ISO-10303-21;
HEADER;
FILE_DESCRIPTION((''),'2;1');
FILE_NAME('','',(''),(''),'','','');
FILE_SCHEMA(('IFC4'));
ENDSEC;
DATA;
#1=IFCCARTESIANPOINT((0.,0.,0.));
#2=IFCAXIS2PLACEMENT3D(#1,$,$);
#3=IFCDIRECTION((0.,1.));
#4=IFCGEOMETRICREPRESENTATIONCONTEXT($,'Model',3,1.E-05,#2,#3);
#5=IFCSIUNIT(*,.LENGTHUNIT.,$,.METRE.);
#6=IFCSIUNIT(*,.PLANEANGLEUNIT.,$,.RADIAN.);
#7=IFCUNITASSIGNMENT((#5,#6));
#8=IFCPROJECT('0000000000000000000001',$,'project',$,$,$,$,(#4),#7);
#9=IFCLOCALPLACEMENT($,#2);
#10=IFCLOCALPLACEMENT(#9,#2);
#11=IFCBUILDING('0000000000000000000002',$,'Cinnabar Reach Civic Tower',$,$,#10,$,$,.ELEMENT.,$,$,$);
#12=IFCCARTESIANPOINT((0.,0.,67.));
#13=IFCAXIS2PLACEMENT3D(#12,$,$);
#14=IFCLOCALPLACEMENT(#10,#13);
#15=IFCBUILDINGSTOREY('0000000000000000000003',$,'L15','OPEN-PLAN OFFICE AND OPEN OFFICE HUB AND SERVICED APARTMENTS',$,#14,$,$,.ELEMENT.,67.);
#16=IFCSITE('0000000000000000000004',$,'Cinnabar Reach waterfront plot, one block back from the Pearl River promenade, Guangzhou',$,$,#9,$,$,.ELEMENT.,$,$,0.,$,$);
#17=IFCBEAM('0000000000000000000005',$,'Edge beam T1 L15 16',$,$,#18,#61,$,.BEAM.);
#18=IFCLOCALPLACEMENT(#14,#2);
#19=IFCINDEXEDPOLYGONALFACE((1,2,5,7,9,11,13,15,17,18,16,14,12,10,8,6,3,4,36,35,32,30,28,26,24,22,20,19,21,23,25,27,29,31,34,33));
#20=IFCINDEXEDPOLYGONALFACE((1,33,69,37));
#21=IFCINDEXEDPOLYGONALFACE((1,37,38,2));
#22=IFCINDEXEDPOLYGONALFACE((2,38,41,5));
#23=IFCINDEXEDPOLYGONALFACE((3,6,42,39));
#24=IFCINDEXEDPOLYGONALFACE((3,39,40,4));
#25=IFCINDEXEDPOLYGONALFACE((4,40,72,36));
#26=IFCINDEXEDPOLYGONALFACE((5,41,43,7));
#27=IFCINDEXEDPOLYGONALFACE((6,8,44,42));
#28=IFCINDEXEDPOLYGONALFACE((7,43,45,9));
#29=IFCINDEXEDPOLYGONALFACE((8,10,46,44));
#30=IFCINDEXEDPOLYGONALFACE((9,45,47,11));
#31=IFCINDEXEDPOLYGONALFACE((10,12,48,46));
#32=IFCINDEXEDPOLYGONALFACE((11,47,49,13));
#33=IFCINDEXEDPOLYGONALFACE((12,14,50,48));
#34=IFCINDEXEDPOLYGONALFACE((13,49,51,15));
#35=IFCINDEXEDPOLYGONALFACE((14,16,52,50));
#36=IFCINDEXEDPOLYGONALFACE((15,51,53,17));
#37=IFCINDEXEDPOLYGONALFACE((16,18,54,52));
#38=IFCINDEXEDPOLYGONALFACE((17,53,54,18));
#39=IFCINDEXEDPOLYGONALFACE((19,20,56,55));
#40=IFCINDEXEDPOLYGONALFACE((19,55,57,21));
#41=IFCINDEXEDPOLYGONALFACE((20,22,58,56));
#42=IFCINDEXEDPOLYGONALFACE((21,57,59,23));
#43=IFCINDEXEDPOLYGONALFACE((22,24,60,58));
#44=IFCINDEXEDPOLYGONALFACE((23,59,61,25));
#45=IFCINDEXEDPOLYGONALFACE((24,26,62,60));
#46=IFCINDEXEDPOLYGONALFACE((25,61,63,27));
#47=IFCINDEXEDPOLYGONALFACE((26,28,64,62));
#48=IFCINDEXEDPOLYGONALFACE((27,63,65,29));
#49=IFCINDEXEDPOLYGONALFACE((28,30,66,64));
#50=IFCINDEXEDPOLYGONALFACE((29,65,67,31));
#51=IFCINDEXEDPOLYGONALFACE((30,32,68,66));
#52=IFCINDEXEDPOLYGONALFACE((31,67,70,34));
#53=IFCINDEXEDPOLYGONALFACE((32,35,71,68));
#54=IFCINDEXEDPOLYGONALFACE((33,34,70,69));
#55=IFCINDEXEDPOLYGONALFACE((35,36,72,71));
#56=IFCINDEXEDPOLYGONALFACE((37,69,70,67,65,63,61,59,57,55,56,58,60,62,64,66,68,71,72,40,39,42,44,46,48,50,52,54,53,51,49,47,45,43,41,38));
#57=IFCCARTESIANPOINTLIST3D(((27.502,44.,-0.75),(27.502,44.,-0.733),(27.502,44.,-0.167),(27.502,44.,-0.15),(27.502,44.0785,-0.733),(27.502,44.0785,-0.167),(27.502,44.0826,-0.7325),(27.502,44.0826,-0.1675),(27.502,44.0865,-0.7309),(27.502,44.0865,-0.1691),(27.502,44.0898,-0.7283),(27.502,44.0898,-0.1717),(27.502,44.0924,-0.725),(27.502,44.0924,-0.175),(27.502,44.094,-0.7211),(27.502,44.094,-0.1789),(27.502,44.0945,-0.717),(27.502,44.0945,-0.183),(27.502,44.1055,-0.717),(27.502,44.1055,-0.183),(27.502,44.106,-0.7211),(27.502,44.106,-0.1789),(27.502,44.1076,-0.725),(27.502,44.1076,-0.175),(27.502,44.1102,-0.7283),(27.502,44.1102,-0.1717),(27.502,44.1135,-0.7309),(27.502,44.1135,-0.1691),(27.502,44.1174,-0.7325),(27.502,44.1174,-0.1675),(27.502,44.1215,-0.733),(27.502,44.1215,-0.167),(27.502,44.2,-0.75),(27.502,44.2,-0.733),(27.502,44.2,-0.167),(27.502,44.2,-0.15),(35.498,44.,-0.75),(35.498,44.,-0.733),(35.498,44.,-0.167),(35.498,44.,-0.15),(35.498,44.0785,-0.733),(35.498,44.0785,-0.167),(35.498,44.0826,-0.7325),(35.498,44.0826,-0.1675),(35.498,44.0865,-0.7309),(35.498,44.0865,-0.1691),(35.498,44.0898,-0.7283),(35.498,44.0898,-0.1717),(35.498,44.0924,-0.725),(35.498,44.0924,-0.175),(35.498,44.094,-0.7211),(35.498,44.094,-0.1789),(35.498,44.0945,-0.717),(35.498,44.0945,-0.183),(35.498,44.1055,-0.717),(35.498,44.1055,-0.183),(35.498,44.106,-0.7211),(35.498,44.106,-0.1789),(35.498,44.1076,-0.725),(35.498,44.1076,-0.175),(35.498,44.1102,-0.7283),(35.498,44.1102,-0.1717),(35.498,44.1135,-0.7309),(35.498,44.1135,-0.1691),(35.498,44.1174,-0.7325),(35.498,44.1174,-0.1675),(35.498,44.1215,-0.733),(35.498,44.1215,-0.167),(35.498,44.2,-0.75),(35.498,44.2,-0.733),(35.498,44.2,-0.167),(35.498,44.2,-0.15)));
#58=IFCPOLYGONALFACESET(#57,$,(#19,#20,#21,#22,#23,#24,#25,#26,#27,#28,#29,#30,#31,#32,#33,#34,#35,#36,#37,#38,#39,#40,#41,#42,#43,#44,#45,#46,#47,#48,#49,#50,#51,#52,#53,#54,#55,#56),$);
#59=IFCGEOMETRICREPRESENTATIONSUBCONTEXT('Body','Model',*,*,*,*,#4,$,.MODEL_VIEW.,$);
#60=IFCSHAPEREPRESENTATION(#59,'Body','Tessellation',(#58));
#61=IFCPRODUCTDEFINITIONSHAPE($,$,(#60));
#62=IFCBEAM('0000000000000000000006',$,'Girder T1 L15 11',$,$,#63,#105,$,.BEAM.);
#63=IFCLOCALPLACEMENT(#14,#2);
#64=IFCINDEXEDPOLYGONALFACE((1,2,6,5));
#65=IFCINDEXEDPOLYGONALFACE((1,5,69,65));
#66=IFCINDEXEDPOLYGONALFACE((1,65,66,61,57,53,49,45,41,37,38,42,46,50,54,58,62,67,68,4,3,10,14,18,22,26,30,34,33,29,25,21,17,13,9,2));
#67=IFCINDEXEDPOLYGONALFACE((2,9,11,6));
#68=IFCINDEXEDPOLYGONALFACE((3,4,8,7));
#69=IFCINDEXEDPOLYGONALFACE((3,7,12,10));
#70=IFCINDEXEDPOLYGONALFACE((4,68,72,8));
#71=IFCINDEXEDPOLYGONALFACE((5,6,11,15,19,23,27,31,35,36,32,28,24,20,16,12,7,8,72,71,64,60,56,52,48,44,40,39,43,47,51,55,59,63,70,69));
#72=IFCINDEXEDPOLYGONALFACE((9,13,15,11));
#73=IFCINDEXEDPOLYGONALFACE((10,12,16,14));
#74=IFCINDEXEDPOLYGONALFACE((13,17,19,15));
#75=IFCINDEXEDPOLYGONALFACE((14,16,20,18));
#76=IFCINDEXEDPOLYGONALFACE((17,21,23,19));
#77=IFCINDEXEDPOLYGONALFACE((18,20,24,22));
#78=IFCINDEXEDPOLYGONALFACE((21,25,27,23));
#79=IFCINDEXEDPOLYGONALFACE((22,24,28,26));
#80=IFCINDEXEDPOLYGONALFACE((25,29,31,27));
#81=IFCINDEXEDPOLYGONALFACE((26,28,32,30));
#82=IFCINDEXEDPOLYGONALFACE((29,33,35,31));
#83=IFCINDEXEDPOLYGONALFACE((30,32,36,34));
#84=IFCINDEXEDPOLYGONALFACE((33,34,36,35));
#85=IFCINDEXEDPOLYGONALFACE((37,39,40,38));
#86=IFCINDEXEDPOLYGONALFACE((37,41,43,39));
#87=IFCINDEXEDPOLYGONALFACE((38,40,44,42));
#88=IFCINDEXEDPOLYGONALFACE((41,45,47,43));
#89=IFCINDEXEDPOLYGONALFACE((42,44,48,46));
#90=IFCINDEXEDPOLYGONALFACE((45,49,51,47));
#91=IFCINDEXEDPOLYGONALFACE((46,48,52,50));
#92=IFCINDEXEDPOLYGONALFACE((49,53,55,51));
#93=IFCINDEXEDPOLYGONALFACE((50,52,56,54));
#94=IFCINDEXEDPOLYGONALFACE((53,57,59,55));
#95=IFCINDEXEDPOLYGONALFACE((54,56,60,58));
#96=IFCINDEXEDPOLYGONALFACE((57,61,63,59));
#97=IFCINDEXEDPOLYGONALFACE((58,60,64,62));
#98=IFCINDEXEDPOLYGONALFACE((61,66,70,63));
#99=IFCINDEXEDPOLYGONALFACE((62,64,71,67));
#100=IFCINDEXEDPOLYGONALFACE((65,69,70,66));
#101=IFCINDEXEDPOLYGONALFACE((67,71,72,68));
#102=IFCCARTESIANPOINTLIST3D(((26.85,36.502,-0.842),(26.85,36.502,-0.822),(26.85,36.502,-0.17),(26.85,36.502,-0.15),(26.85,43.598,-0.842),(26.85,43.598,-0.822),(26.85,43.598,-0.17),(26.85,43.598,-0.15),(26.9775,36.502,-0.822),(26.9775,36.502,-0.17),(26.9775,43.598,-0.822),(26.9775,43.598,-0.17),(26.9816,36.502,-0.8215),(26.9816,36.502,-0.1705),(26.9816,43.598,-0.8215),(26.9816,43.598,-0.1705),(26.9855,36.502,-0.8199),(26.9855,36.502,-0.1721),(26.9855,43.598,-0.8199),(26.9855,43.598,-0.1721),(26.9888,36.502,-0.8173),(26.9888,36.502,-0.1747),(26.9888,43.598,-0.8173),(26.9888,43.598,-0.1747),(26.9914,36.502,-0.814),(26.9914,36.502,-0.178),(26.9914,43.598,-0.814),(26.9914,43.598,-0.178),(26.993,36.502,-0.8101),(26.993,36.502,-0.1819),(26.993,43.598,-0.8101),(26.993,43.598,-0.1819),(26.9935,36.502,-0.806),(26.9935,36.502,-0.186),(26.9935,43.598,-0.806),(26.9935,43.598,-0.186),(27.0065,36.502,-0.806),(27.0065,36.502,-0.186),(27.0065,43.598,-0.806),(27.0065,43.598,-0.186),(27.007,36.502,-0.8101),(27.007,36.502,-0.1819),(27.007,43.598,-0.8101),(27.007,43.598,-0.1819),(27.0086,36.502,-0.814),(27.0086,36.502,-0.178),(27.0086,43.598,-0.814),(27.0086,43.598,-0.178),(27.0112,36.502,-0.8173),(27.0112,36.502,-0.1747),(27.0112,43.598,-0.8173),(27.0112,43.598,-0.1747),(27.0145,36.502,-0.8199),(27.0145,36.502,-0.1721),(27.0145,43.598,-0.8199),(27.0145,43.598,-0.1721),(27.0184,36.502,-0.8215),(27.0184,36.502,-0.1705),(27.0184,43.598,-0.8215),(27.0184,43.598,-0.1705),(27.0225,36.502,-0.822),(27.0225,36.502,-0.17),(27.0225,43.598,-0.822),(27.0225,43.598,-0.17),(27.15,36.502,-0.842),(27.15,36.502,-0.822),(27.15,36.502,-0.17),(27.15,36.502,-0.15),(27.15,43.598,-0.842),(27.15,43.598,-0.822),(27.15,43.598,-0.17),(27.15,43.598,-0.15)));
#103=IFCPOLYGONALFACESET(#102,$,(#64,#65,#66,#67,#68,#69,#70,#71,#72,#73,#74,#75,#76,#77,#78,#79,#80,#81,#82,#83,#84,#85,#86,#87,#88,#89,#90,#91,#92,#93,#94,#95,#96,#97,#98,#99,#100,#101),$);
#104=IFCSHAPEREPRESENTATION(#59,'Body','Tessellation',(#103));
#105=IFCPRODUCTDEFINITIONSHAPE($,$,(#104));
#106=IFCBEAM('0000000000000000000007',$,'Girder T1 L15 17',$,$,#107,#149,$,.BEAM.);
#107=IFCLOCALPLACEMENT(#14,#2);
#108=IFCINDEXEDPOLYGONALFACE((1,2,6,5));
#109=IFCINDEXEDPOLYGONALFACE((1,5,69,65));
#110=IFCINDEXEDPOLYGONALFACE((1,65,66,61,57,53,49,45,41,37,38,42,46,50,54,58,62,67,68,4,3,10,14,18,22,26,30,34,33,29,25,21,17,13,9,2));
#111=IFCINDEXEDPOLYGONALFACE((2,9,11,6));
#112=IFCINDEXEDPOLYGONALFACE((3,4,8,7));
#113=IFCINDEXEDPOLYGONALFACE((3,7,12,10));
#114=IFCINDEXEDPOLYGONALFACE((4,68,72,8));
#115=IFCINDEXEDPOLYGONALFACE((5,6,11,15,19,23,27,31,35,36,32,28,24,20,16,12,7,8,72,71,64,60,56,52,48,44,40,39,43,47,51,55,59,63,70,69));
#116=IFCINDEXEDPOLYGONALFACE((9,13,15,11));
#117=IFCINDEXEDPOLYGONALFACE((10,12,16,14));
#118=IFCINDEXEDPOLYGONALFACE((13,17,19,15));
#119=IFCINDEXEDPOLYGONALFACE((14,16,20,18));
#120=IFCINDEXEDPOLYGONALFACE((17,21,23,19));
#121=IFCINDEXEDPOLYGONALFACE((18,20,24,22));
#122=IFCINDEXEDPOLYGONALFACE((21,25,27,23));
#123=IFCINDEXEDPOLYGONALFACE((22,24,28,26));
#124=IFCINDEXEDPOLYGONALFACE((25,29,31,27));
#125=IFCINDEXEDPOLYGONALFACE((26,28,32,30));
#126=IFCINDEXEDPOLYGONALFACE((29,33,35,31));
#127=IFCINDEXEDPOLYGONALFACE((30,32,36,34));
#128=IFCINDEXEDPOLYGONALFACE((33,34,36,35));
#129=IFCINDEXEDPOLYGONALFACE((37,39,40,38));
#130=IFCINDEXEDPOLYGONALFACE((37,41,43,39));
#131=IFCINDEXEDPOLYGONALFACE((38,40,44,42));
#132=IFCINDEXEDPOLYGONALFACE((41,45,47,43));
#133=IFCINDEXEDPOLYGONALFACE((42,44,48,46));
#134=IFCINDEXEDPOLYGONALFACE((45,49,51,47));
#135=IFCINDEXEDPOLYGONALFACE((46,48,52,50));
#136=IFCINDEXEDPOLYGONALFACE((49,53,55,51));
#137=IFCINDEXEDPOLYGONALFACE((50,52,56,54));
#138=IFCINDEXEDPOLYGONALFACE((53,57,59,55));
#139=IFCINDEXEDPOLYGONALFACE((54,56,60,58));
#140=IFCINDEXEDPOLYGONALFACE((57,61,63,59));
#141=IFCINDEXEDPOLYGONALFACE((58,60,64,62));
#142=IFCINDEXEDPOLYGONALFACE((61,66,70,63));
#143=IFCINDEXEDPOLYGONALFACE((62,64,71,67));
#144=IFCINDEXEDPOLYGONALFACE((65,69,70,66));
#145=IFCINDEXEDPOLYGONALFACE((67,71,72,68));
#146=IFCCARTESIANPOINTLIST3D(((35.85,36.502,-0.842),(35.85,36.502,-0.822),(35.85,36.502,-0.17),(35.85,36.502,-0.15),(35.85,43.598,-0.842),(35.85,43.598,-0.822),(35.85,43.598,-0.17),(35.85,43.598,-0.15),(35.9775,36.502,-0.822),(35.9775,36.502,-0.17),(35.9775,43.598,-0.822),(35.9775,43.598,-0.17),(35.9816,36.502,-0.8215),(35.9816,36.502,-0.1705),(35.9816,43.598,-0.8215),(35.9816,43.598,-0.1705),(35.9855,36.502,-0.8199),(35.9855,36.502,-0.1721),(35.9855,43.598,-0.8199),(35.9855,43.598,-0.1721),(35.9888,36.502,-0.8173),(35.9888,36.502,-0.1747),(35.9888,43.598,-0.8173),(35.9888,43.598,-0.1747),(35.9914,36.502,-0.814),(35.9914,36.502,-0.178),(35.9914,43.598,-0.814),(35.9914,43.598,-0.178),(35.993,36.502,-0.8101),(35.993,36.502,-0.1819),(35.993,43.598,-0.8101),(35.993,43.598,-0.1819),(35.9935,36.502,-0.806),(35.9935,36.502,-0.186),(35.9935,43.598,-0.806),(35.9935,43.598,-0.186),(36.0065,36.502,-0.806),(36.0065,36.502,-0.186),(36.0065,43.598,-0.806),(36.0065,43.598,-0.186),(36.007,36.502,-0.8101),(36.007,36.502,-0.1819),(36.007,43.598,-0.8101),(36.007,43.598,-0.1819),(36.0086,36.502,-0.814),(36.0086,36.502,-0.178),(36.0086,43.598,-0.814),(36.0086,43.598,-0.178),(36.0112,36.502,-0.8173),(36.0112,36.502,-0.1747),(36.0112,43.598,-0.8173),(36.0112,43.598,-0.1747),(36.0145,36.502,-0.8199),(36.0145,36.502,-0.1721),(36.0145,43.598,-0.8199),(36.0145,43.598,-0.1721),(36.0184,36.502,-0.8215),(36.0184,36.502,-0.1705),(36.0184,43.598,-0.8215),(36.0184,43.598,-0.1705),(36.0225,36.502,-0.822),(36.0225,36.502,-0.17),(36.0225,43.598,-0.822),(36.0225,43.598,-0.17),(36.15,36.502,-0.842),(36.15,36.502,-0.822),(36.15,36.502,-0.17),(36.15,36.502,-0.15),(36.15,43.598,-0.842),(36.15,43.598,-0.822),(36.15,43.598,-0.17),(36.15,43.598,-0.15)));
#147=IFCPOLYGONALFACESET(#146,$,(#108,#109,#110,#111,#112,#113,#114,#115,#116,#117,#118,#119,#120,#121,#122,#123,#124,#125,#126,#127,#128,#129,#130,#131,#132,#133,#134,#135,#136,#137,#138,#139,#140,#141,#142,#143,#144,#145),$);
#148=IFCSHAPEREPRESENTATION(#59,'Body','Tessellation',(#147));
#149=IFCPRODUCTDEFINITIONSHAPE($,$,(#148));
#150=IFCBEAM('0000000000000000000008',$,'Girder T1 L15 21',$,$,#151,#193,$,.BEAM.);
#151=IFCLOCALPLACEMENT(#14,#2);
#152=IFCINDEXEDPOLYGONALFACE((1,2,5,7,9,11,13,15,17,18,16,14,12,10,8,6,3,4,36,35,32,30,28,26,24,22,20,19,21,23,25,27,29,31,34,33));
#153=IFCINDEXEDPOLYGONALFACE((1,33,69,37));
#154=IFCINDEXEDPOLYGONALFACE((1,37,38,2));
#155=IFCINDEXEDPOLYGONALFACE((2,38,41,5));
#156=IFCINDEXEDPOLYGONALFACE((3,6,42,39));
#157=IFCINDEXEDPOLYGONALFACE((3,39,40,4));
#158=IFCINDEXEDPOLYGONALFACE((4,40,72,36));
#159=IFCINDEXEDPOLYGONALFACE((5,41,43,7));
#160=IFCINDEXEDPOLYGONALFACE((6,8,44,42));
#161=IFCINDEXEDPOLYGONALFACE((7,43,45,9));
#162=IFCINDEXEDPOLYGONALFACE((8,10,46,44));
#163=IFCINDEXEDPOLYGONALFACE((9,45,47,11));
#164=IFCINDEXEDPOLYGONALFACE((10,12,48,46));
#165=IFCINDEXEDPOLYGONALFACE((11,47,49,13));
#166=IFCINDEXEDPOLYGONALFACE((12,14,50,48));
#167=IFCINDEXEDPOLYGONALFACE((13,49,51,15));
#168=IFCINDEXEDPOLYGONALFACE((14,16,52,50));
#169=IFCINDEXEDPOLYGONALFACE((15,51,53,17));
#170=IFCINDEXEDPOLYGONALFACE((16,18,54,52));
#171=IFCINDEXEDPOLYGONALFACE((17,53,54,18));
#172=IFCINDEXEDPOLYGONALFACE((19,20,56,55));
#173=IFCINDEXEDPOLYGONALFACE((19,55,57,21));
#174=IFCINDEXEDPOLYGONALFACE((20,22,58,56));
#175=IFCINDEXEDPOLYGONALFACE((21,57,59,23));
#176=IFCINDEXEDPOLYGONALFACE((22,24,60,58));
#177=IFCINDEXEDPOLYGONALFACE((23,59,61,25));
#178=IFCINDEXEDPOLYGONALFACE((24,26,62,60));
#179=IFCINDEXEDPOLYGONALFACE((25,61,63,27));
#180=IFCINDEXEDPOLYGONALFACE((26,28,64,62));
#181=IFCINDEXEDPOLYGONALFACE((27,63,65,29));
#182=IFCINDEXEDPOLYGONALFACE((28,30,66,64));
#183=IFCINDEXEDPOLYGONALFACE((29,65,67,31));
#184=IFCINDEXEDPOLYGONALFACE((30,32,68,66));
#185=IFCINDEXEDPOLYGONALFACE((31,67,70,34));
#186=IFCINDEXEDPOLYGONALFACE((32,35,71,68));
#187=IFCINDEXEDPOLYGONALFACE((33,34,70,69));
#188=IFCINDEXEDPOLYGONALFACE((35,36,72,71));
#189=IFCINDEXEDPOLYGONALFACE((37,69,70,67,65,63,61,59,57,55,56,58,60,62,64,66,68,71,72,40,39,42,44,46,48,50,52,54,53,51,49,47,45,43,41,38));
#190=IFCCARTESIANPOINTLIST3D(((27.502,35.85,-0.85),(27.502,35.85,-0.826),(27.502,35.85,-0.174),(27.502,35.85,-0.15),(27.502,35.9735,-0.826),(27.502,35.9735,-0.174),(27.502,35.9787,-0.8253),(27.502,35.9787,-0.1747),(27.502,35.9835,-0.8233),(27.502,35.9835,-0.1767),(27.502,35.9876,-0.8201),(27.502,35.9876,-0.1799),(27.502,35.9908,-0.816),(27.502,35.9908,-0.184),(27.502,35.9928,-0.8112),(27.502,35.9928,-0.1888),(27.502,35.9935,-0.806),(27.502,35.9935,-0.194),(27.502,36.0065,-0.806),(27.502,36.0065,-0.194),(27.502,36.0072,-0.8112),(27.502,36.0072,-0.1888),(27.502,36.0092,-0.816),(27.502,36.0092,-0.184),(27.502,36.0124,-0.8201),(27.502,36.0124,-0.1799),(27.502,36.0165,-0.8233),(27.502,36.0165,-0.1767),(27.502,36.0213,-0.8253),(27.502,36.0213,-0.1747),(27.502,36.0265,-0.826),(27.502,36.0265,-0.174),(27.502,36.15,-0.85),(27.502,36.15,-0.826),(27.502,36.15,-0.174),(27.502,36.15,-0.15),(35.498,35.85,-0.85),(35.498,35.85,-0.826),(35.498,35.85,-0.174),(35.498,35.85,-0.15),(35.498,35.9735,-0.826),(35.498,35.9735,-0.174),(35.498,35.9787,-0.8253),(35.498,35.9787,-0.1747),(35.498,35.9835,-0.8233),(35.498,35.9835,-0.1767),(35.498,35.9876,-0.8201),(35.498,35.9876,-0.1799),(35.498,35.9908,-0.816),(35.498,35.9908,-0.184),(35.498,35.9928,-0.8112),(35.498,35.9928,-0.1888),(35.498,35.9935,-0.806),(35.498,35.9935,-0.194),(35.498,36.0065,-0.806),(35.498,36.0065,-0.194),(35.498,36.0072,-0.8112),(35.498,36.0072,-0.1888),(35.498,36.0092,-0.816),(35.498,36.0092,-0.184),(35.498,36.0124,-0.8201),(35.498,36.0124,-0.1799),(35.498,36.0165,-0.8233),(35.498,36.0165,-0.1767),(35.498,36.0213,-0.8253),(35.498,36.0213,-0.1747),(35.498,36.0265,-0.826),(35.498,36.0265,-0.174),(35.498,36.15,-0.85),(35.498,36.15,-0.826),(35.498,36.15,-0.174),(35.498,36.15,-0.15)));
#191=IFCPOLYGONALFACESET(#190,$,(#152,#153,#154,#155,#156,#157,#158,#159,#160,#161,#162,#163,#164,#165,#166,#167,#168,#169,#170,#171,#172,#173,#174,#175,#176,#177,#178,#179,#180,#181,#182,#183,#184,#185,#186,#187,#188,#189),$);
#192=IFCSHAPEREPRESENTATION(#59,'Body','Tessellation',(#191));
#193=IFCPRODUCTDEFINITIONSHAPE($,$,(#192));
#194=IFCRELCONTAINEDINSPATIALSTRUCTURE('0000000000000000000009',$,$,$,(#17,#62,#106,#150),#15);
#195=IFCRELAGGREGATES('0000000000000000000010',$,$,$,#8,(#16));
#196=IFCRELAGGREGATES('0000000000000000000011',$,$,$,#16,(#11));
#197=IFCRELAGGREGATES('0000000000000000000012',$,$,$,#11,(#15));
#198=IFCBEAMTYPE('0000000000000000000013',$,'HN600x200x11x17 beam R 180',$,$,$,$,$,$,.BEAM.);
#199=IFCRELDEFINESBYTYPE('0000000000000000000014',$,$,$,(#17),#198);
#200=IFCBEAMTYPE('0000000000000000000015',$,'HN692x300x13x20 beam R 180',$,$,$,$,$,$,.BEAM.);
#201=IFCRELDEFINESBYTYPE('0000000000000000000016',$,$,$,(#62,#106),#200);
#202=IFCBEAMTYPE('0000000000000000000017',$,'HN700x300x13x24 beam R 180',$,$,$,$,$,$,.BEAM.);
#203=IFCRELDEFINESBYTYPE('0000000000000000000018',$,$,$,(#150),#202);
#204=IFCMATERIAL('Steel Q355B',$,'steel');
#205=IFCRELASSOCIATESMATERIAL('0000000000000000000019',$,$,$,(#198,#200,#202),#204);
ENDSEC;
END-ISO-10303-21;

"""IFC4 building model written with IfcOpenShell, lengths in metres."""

from ifc_helpers import new_model, si_unit, direction, frame, origin, origin_2d, place, context, subcontext, project, spatial, i_section, extrude, material, material_profile, profile_set, type_object, element, save


model = new_model("IFC4")

# Units and contexts
model_context = context("Model", 3, precision=1e-05, world=origin(), true_north=direction((0.0, 1.0)))
body_context = subcontext(model_context, "Body", "Model", "MODEL_VIEW")
ifc_project = project(units=[si_unit("LENGTHUNIT", "METRE"), si_unit("PLANEANGLEUNIT", "RADIAN")], contexts=[model_context])

# Site, building, storey
site_placement = place(None, origin())
site = spatial("IfcSite", under=ifc_project, at=site_placement, Name="Cinnabar Reach waterfront plot, one block back from the Pearl River promenade, Guangzhou", CompositionType="ELEMENT", RefElevation=0.0)
building_placement = place(site_placement, origin())
building = spatial("IfcBuilding", under=site, at=building_placement, Name="Cinnabar Reach Civic Tower", CompositionType="ELEMENT")
storey_placement = place(building_placement, frame((0.0, 0.0, 67.0)))
storey = spatial("IfcBuildingStorey", under=building, at=storey_placement, Name="L15", Description="OPEN-PLAN OFFICE AND OPEN OFFICE HUB AND SERVICED APARTMENTS", CompositionType="ELEMENT", Elevation=67.0)

# Beams
ifc_material_1 = material(Name="Steel Q355B", Category="steel")
ifc_material_profile_1 = material_profile(ifc_material_1, i_section(OverallWidth=0.2, OverallDepth=0.6, WebThickness=0.011, FlangeThickness=0.017, FilletRadius=0.016, at=origin_2d()), Name="HN600x200x11x17")
ifc_profile_set_1 = profile_set([ifc_material_profile_1], Name="Steel Q355B")
beam_type_1 = type_object("IfcBeamType", Name="HN600x200x11x17 beam R 180", PredefinedType="BEAM", material=ifc_profile_set_1)
beam_1_placement = place(storey_placement, frame((35.498, 44.1, -0.45), z_axis=(-1.0, 0.0, 0.0), x_axis=(0.0, -1.0, 0.0)))
element("IfcBeam", 1, at=beam_1_placement, inside=storey, type_object=beam_type_1, Name="Edge beam T1 L15 16", PredefinedType="BEAM", context=body_context, shape_type="SweptSolid", body=[
    extrude(i_section(OverallWidth=0.2, OverallDepth=0.6, WebThickness=0.011, FlangeThickness=0.017, FilletRadius=0.016, at=origin_2d()), origin(), (0.0, 0.0, 1.0), 7.996),
])
ifc_material_profile_2 = material_profile(ifc_material_1, i_section(OverallWidth=0.3, OverallDepth=0.692, WebThickness=0.013, FlangeThickness=0.02, FilletRadius=0.016, at=origin_2d()), Name="HN692x300x13x20")
ifc_profile_set_2 = profile_set([ifc_material_profile_2], Name="Steel Q355B")
beam_type_2 = type_object("IfcBeamType", Name="HN692x300x13x20 beam R 180", PredefinedType="BEAM", material=ifc_profile_set_2)
for number, where, z_axis, x_axis, name in (
    (2, (27.0, 36.502, -0.496), (0.0, 1.0, 0.0), (-1.0, 0.0, 0.0), "Girder T1 L15 11"),
    (3, (36.0, 36.502, -0.496), (0.0, 1.0, 0.0), (-1.0, 0.0, 0.0), "Girder T1 L15 17"),
):
    element("IfcBeam", number, at=place(storey_placement, frame(where, z_axis=z_axis, x_axis=x_axis)), inside=storey, type_object=beam_type_2, Name=name, PredefinedType="BEAM", context=body_context, shape_type="SweptSolid", body=[
        extrude(i_section(OverallWidth=0.3, OverallDepth=0.692, WebThickness=0.013, FlangeThickness=0.02, FilletRadius=0.016, at=origin_2d()), origin(), (0.0, 0.0, 1.0), 7.096),
    ])
ifc_material_profile_3 = material_profile(ifc_material_1, i_section(OverallWidth=0.3, OverallDepth=0.7, WebThickness=0.013, FlangeThickness=0.024, FilletRadius=0.02, at=origin_2d()), Name="HN700x300x13x24")
ifc_profile_set_3 = profile_set([ifc_material_profile_3], Name="Steel Q355B")
beam_type_3 = type_object("IfcBeamType", Name="HN700x300x13x24 beam R 180", PredefinedType="BEAM", material=ifc_profile_set_3)
for number, where, z_axis, x_axis, name in (
    (4, (27.502, 36.0, -0.5), (1.0, 0.0, 0.0), (0.0, 1.0, 0.0), "Girder T1 L15 21"),
):
    element("IfcBeam", number, at=place(storey_placement, frame(where, z_axis=z_axis, x_axis=x_axis)), inside=storey, type_object=beam_type_3, Name=name, PredefinedType="BEAM", context=body_context, shape_type="SweptSolid", body=[
        extrude(i_section(OverallWidth=0.3, OverallDepth=0.7, WebThickness=0.013, FlangeThickness=0.024, FilletRadius=0.02, at=origin_2d()), origin(), (0.0, 0.0, 1.0), 7.996),
    ])

save(model, "model.ifc")
